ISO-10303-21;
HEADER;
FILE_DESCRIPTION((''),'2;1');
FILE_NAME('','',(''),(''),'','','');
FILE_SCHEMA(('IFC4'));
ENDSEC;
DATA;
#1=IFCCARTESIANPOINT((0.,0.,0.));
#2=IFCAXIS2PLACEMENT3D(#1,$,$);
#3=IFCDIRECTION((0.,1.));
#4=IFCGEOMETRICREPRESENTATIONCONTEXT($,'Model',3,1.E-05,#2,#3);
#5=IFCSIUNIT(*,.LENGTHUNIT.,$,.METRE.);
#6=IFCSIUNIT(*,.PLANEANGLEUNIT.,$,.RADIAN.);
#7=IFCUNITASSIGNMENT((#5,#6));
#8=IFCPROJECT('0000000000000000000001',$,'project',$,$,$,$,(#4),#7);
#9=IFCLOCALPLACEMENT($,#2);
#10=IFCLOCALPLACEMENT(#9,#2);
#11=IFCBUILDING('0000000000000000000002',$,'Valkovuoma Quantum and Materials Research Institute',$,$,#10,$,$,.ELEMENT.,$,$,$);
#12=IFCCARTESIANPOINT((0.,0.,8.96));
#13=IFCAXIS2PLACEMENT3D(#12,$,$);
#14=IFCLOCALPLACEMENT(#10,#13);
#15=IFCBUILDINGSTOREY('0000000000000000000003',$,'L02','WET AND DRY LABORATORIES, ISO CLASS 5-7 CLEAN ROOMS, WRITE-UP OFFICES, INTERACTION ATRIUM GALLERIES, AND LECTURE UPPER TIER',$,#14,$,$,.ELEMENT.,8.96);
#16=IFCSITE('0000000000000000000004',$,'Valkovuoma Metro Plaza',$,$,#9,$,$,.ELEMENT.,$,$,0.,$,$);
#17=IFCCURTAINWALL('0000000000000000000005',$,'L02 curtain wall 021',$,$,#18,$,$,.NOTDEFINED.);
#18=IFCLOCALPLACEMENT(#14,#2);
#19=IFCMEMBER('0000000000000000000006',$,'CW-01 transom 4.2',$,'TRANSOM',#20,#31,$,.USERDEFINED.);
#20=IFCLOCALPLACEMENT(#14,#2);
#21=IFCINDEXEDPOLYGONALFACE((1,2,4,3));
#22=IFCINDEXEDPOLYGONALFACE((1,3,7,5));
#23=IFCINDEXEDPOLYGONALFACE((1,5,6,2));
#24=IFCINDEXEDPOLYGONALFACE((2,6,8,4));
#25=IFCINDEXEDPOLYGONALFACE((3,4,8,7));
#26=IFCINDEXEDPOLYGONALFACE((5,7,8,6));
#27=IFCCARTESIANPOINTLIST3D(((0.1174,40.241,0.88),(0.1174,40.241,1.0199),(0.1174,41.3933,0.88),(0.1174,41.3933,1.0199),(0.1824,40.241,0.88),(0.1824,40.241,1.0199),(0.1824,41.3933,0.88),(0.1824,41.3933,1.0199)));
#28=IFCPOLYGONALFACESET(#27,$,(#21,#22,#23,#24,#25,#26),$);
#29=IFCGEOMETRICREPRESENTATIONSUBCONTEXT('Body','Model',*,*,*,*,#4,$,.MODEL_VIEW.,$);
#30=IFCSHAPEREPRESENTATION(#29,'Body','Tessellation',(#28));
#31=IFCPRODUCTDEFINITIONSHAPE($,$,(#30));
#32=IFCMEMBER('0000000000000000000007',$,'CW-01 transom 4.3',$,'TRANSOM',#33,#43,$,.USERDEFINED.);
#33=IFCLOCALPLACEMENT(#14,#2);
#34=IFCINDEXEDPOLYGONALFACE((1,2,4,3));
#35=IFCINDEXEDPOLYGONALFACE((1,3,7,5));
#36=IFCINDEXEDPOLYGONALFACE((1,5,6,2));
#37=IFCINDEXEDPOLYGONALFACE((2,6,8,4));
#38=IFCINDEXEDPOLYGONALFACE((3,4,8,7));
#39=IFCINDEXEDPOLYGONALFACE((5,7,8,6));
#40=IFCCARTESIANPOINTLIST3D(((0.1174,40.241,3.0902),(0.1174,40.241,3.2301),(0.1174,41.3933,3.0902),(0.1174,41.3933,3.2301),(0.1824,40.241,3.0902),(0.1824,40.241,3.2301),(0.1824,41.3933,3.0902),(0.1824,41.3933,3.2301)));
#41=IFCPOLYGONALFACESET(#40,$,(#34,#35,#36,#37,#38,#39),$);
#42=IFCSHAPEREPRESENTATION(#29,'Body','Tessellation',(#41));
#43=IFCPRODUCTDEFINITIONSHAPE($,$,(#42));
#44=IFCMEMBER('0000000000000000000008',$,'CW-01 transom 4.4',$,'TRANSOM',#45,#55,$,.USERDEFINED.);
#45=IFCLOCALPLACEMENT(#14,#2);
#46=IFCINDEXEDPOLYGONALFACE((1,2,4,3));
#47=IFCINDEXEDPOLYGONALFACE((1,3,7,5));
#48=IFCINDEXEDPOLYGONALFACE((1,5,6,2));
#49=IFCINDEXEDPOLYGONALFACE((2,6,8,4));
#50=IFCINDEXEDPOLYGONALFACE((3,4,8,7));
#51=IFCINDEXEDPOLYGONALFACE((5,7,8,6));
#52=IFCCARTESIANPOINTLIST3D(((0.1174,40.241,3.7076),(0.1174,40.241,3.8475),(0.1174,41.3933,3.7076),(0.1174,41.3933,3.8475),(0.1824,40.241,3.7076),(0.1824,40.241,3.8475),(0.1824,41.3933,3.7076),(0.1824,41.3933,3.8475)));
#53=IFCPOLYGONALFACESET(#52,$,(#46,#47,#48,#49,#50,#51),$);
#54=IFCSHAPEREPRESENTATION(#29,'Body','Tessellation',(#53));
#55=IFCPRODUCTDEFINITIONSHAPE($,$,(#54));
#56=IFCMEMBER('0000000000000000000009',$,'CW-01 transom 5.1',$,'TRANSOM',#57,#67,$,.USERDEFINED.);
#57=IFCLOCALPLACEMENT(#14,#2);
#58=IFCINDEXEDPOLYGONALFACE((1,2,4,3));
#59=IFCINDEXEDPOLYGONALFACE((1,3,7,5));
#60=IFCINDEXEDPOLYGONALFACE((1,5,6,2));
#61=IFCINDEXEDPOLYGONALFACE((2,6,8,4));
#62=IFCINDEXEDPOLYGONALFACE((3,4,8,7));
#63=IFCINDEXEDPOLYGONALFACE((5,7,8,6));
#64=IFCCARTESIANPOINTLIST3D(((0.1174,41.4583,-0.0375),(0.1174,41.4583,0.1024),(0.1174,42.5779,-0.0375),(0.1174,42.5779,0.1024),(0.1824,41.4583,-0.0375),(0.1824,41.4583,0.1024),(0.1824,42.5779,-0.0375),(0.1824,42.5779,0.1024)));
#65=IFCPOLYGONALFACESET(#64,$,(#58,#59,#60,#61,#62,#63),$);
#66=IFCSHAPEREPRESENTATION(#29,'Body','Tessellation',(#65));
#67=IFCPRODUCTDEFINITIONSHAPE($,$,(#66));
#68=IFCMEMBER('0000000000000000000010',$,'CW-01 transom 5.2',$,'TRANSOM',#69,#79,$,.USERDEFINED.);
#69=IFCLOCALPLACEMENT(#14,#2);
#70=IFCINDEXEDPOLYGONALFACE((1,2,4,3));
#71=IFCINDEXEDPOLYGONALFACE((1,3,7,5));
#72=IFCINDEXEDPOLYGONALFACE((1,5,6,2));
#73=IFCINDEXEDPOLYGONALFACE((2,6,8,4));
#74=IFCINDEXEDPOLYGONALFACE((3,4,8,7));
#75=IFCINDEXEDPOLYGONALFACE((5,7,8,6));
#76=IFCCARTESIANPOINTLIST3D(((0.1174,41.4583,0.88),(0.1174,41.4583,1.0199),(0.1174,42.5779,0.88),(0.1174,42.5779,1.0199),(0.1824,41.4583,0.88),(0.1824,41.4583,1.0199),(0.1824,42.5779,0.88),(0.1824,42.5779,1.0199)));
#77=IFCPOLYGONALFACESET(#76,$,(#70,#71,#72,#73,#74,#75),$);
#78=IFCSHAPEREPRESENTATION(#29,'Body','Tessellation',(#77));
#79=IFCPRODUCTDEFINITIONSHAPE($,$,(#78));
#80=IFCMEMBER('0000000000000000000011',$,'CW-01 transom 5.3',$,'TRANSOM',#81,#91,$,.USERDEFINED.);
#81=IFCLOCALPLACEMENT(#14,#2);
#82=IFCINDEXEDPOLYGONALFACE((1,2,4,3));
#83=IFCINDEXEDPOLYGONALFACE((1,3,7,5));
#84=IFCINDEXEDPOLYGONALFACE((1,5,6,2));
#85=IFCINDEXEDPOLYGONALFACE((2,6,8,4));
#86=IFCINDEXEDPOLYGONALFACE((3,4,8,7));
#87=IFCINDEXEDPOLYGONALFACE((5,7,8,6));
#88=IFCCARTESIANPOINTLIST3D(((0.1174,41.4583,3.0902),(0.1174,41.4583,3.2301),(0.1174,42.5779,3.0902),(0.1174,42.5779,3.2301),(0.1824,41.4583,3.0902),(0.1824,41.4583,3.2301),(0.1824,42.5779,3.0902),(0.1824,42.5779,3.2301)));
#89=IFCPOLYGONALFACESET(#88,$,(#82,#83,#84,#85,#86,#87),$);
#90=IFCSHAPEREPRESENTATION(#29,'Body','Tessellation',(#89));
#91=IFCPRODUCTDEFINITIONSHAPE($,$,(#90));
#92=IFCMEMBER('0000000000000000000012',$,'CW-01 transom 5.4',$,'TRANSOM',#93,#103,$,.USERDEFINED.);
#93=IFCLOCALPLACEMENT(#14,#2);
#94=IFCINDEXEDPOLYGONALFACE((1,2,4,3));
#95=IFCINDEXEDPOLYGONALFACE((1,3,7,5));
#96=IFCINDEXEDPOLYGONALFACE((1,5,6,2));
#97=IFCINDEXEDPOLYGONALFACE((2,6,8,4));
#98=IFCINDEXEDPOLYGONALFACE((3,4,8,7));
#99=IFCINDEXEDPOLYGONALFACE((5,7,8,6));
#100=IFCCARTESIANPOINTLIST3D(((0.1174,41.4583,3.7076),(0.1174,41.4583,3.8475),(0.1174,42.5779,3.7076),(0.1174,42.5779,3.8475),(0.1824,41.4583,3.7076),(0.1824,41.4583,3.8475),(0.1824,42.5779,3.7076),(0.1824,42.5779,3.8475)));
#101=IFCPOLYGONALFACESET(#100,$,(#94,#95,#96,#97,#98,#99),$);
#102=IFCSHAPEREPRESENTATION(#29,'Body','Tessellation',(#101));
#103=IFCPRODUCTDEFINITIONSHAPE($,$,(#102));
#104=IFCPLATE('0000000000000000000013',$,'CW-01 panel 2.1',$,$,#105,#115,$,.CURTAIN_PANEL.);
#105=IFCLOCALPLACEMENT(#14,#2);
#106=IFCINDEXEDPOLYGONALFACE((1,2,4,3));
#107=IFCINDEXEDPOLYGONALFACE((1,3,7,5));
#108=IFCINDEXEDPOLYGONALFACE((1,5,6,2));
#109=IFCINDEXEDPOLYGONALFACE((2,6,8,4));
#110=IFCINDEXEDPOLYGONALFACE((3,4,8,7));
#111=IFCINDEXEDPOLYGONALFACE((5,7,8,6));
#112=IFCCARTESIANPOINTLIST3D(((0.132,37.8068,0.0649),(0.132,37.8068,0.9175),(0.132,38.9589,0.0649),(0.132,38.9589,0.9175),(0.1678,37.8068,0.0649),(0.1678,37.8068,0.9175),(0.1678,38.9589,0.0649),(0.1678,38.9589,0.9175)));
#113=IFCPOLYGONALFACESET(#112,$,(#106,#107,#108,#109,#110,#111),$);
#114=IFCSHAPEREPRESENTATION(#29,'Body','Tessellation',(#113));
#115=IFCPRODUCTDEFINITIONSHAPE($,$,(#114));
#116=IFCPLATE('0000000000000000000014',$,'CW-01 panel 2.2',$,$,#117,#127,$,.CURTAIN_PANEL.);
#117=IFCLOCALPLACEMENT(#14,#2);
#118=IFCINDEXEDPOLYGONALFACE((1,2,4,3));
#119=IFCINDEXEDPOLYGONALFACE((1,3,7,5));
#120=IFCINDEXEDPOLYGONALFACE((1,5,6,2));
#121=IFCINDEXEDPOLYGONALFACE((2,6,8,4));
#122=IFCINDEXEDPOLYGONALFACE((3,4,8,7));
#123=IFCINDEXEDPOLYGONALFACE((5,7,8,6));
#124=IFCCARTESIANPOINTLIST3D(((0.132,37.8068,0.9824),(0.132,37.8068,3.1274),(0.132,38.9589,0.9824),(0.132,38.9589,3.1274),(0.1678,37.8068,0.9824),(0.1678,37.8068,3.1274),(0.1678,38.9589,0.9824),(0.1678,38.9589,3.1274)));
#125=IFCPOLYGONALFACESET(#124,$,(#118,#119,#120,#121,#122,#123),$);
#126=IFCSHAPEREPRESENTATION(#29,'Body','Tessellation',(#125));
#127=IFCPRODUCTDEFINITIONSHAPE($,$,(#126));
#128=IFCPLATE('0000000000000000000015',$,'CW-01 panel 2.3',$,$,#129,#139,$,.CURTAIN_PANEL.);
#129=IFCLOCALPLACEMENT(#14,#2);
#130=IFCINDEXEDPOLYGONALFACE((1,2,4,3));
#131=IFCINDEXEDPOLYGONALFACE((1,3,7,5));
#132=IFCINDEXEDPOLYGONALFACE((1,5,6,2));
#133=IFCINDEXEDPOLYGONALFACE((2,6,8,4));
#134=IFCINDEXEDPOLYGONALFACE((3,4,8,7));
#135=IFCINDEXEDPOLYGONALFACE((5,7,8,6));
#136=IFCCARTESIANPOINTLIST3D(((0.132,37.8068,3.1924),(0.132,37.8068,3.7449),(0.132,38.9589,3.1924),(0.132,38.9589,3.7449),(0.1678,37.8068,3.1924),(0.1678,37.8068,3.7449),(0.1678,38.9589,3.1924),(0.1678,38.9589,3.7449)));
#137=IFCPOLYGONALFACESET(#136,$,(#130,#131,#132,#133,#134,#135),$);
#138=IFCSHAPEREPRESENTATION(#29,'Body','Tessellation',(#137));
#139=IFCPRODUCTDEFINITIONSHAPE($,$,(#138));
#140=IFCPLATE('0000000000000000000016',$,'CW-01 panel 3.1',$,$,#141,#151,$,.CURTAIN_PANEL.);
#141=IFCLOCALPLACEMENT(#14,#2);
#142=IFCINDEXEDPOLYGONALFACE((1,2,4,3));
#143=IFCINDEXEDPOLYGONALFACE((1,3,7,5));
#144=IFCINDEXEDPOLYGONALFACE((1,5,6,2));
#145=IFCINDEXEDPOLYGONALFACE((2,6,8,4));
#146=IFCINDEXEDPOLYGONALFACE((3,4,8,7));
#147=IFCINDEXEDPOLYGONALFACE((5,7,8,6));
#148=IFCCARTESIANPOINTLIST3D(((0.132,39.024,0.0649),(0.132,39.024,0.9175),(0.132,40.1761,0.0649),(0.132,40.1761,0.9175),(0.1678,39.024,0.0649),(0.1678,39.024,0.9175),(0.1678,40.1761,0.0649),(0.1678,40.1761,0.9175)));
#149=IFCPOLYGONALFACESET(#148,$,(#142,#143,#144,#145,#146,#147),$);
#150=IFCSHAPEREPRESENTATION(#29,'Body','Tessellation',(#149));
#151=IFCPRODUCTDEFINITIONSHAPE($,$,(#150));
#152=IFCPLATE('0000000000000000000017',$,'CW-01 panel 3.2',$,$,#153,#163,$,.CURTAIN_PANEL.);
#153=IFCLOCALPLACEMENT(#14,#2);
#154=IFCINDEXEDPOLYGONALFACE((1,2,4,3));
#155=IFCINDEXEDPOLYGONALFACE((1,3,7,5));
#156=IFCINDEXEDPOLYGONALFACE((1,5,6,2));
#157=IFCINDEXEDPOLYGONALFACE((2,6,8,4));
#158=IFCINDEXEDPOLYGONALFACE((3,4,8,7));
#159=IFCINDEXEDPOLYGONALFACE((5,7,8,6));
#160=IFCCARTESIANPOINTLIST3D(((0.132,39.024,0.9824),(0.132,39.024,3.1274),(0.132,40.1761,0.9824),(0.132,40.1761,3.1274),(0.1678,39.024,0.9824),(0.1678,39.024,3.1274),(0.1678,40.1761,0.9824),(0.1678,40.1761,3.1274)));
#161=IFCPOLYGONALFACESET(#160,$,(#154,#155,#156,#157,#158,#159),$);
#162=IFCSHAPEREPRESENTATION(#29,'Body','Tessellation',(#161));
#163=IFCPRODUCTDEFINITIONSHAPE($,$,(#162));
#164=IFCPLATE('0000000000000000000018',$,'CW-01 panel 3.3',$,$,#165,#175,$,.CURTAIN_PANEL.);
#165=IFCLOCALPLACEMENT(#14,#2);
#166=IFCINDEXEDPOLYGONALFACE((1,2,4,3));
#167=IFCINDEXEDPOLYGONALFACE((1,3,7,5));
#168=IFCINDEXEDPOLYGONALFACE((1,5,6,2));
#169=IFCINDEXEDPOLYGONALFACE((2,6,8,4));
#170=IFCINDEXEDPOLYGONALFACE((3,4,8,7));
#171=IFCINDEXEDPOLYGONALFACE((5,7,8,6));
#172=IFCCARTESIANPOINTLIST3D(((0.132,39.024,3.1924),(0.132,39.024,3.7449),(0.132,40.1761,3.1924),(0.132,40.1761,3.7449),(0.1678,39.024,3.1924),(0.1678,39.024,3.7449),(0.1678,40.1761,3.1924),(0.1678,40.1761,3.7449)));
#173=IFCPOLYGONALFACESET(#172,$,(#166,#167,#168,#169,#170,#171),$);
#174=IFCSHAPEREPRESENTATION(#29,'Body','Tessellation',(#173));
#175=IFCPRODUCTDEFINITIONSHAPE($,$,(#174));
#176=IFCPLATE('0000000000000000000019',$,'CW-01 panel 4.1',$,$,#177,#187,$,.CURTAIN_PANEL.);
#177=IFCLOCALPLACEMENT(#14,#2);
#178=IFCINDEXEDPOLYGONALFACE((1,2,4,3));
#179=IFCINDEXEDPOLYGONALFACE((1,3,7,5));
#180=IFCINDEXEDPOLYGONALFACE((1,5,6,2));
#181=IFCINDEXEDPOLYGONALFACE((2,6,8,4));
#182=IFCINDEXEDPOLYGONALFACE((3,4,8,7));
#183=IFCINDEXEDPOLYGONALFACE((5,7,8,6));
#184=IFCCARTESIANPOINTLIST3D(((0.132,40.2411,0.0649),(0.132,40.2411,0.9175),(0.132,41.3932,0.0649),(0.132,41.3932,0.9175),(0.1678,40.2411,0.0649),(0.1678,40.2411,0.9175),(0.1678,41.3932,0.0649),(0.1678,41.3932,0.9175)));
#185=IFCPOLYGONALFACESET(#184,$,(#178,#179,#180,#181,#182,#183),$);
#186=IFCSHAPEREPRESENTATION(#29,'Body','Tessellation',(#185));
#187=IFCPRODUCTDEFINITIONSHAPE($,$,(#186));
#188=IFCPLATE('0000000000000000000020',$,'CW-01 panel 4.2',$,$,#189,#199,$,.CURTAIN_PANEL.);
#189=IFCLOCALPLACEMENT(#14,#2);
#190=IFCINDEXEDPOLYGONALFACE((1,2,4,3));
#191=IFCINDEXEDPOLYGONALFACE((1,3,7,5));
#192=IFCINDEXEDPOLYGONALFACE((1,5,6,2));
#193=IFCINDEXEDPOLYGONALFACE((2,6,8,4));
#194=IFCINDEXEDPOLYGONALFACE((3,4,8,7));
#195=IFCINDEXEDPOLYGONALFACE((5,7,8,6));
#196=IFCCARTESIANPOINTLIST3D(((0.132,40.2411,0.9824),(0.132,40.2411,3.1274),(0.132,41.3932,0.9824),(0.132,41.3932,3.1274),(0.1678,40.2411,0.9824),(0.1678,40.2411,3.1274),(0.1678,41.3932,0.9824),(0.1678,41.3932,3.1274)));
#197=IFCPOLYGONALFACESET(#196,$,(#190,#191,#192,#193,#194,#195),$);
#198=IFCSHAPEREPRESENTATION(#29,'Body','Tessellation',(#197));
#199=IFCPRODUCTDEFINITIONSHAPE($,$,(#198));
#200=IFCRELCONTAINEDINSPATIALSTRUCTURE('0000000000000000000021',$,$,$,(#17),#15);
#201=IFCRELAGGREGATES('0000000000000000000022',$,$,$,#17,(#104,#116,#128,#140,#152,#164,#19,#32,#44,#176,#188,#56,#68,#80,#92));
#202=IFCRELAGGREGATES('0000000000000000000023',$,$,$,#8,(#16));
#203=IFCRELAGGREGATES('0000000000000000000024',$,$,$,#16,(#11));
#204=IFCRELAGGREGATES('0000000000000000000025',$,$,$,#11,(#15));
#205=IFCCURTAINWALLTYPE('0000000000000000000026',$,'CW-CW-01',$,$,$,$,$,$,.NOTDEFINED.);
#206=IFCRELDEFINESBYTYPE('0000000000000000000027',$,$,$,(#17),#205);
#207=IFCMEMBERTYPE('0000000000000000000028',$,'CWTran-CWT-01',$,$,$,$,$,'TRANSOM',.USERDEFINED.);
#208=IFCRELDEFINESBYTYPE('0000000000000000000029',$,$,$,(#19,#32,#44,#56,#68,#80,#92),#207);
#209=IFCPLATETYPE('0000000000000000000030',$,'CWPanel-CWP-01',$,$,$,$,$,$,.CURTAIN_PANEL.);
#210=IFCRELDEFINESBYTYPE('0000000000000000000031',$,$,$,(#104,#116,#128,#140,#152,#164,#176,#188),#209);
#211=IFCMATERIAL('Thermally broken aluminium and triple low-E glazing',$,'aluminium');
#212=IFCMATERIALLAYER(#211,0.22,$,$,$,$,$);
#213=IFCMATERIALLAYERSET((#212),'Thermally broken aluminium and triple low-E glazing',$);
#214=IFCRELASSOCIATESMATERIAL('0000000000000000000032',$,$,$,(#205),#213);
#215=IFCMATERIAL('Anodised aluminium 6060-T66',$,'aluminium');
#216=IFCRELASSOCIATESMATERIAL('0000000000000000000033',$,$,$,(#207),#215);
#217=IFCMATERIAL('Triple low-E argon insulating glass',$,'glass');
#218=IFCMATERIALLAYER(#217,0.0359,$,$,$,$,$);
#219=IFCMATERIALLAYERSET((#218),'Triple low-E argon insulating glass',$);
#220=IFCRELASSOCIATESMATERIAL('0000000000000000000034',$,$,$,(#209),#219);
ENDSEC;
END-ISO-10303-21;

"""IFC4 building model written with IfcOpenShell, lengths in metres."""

from ifc_helpers import new_model, si_unit, direction, frame, origin, origin_2d, place, context, subcontext, project, spatial, rectangle, extrude, material, layer, layer_set, material_profile, profile_set, type_object, element, aggregate, save


model = new_model("IFC4")

# Units and contexts
model_context = context("Model", 3, precision=1e-05, world=origin(), true_north=direction((0.0, 1.0)))
body_context = subcontext(model_context, "Body", "Model", "MODEL_VIEW")
ifc_project = project(units=[si_unit("LENGTHUNIT", "METRE"), si_unit("PLANEANGLEUNIT", "RADIAN")], contexts=[model_context])

# Site, building, storey
site_placement = place(None, origin())
site = spatial("IfcSite", under=ifc_project, at=site_placement, Name="Valkovuoma Metro Plaza", CompositionType="ELEMENT", RefElevation=0.0)
building_placement = place(site_placement, origin())
building = spatial("IfcBuilding", under=site, at=building_placement, Name="Valkovuoma Quantum and Materials Research Institute", CompositionType="ELEMENT")
storey_placement = place(building_placement, frame((0.0, 0.0, 8.96)))
storey = spatial("IfcBuildingStorey", under=building, at=storey_placement, Name="L02", Description="WET AND DRY LABORATORIES, ISO CLASS 5-7 CLEAN ROOMS, WRITE-UP OFFICES, INTERACTION ATRIUM GALLERIES, AND LECTURE UPPER TIER", CompositionType="ELEMENT", Elevation=8.96)

# Curtain wall, members, plates
ifc_material_1 = material(Name="Thermally broken aluminium and triple low-E glazing", Category="aluminium")
ifc_layer_1 = layer(ifc_material_1, 0.22)
ifc_layer_set_1 = layer_set([ifc_layer_1], Name="Thermally broken aluminium and triple low-E glazing")
curtain_wall_type = type_object("IfcCurtainWallType", Name="CW-CW-01", PredefinedType="NOTDEFINED", material=ifc_layer_set_1)
curtain_wall_placement = place(storey_placement, origin())
curtain_wall = element("IfcCurtainWall", 1, at=curtain_wall_placement, inside=storey, type_object=curtain_wall_type, Name="L02 curtain wall 021", PredefinedType="NOTDEFINED")
ifc_material_2 = material(Name="Anodised aluminium 6060-T66", Category="aluminium")
ifc_material_profile_1 = material_profile(ifc_material_2, rectangle(XDim=0.0649, YDim=0.1399, at=origin_2d()), Name="Anodised aluminium 6060-T66")
ifc_profile_set_1 = profile_set([ifc_material_profile_1], Name="Anodised aluminium 6060-T66")
member_type_1 = type_object("IfcMemberType", Name="CWTran-CWT-01", ElementType="TRANSOM", PredefinedType="USERDEFINED", material=ifc_profile_set_1)
member_1_placement = place(storey_placement, frame((0.1499, 40.241, 0.95), z_axis=(0.0, 1.0, 0.0), x_axis=(-1.0, 0.0, 0.0)))
member_1 = element("IfcMember", 2, at=member_1_placement, type_object=member_type_1, Name="CW-01 transom 4.2", ObjectType="TRANSOM", PredefinedType="USERDEFINED", context=body_context, shape_type="SweptSolid", body=[
    extrude(rectangle(XDim=0.0649, YDim=0.1399, at=origin_2d()), origin(), (0.0, 0.0, 1.0), 1.1523),
])
member_2_placement = place(storey_placement, frame((0.1499, 40.241, 3.1602), z_axis=(0.0, 1.0, 0.0), x_axis=(-1.0, 0.0, 0.0)))
member_2 = element("IfcMember", 3, at=member_2_placement, type_object=member_type_1, Name="CW-01 transom 4.3", ObjectType="TRANSOM", PredefinedType="USERDEFINED", context=body_context, shape_type="SweptSolid", body=[
    extrude(rectangle(XDim=0.0649, YDim=0.1399, at=origin_2d()), origin(), (0.0, 0.0, 1.0), 1.1523),
])
member_3_placement = place(storey_placement, frame((0.1499, 40.241, 3.7776), z_axis=(0.0, 1.0, 0.0), x_axis=(-1.0, 0.0, 0.0)))
member_3 = element("IfcMember", 4, at=member_3_placement, type_object=member_type_1, Name="CW-01 transom 4.4", ObjectType="TRANSOM", PredefinedType="USERDEFINED", context=body_context, shape_type="SweptSolid", body=[
    extrude(rectangle(XDim=0.0649, YDim=0.1399, at=origin_2d()), origin(), (0.0, 0.0, 1.0), 1.1523),
])
member_4_placement = place(storey_placement, frame((0.1499, 41.4583, 0.0325), z_axis=(0.0, 1.0, 0.0), x_axis=(-1.0, 0.0, 0.0)))
member_4 = element("IfcMember", 5, at=member_4_placement, type_object=member_type_1, Name="CW-01 transom 5.1", ObjectType="TRANSOM", PredefinedType="USERDEFINED", context=body_context, shape_type="SweptSolid", body=[
    extrude(rectangle(XDim=0.0649, YDim=0.1399, at=origin_2d()), origin(), (0.0, 0.0, 1.0), 1.1196),
])
member_5_placement = place(storey_placement, frame((0.1499, 41.4583, 0.95), z_axis=(0.0, 1.0, 0.0), x_axis=(-1.0, 0.0, 0.0)))
member_5 = element("IfcMember", 6, at=member_5_placement, type_object=member_type_1, Name="CW-01 transom 5.2", ObjectType="TRANSOM", PredefinedType="USERDEFINED", context=body_context, shape_type="SweptSolid", body=[
    extrude(rectangle(XDim=0.0649, YDim=0.1399, at=origin_2d()), origin(), (0.0, 0.0, 1.0), 1.1196),
])
member_6_placement = place(storey_placement, frame((0.1499, 41.4583, 3.1602), z_axis=(0.0, 1.0, 0.0), x_axis=(-1.0, 0.0, 0.0)))
member_6 = element("IfcMember", 7, at=member_6_placement, type_object=member_type_1, Name="CW-01 transom 5.3", ObjectType="TRANSOM", PredefinedType="USERDEFINED", context=body_context, shape_type="SweptSolid", body=[
    extrude(rectangle(XDim=0.0649, YDim=0.1399, at=origin_2d()), origin(), (0.0, 0.0, 1.0), 1.1196),
])
member_7_placement = place(storey_placement, frame((0.1499, 41.4583, 3.7776), z_axis=(0.0, 1.0, 0.0), x_axis=(-1.0, 0.0, 0.0)))
member_7 = element("IfcMember", 8, at=member_7_placement, type_object=member_type_1, Name="CW-01 transom 5.4", ObjectType="TRANSOM", PredefinedType="USERDEFINED", context=body_context, shape_type="SweptSolid", body=[
    extrude(rectangle(XDim=0.0649, YDim=0.1399, at=origin_2d()), origin(), (0.0, 0.0, 1.0), 1.1196),
])
ifc_material_3 = material(Name="Triple low-E argon insulating glass", Category="glass")
ifc_layer_2 = layer(ifc_material_3, 0.0359)
ifc_layer_set_2 = layer_set([ifc_layer_2], Name="Triple low-E argon insulating glass")
plate_type = type_object("IfcPlateType", Name="CWPanel-CWP-01", PredefinedType="CURTAIN_PANEL", material=ifc_layer_set_2)
plate_1_placement = place(storey_placement, frame((0.1499, 38.3828, 0.0649), z_axis=(0.0, 0.0, 1.0), x_axis=(0.0, 1.0, 0.0)))
plate_1 = element("IfcPlate", 9, at=plate_1_placement, type_object=plate_type, Name="CW-01 panel 2.1", PredefinedType="CURTAIN_PANEL", context=body_context, shape_type="SweptSolid", body=[
    extrude(rectangle(XDim=1.1521, YDim=0.0359, at=origin_2d()), origin(), (0.0, 0.0, 1.0), 0.8525),
])
plate_2_placement = place(storey_placement, frame((0.1499, 38.3828, 0.9824), z_axis=(0.0, 0.0, 1.0), x_axis=(0.0, 1.0, 0.0)))
plate_2 = element("IfcPlate", 10, at=plate_2_placement, type_object=plate_type, Name="CW-01 panel 2.2", PredefinedType="CURTAIN_PANEL", context=body_context, shape_type="SweptSolid", body=[
    extrude(rectangle(XDim=1.1521, YDim=0.0359, at=origin_2d()), origin(), (0.0, 0.0, 1.0), 2.145),
])
plate_3_placement = place(storey_placement, frame((0.1499, 38.3828, 3.1924), z_axis=(0.0, 0.0, 1.0), x_axis=(0.0, 1.0, 0.0)))
plate_3 = element("IfcPlate", 11, at=plate_3_placement, type_object=plate_type, Name="CW-01 panel 2.3", PredefinedType="CURTAIN_PANEL", context=body_context, shape_type="SweptSolid", body=[
    extrude(rectangle(XDim=1.1521, YDim=0.0359, at=origin_2d()), origin(), (0.0, 0.0, 1.0), 0.5525),
])
plate_4_placement = place(storey_placement, frame((0.1499, 39.6001, 0.0649), z_axis=(0.0, 0.0, 1.0), x_axis=(0.0, 1.0, 0.0)))
plate_4 = element("IfcPlate", 12, at=plate_4_placement, type_object=plate_type, Name="CW-01 panel 3.1", PredefinedType="CURTAIN_PANEL", context=body_context, shape_type="SweptSolid", body=[
    extrude(rectangle(XDim=1.1521, YDim=0.0359, at=origin_2d()), origin(), (0.0, 0.0, 1.0), 0.8525),
])
plate_5_placement = place(storey_placement, frame((0.1499, 39.6001, 0.9824), z_axis=(0.0, 0.0, 1.0), x_axis=(0.0, 1.0, 0.0)))
plate_5 = element("IfcPlate", 13, at=plate_5_placement, type_object=plate_type, Name="CW-01 panel 3.2", PredefinedType="CURTAIN_PANEL", context=body_context, shape_type="SweptSolid", body=[
    extrude(rectangle(XDim=1.1521, YDim=0.0359, at=origin_2d()), origin(), (0.0, 0.0, 1.0), 2.145),
])
plate_6_placement = place(storey_placement, frame((0.1499, 39.6001, 3.1924), z_axis=(0.0, 0.0, 1.0), x_axis=(0.0, 1.0, 0.0)))
plate_6 = element("IfcPlate", 14, at=plate_6_placement, type_object=plate_type, Name="CW-01 panel 3.3", PredefinedType="CURTAIN_PANEL", context=body_context, shape_type="SweptSolid", body=[
    extrude(rectangle(XDim=1.1521, YDim=0.0359, at=origin_2d()), origin(), (0.0, 0.0, 1.0), 0.5525),
])
plate_7_placement = place(storey_placement, frame((0.1499, 40.8171, 0.0649), z_axis=(0.0, 0.0, 1.0), x_axis=(0.0, 1.0, 0.0)))
plate_7 = element("IfcPlate", 15, at=plate_7_placement, type_object=plate_type, Name="CW-01 panel 4.1", PredefinedType="CURTAIN_PANEL", context=body_context, shape_type="SweptSolid", body=[
    extrude(rectangle(XDim=1.1521, YDim=0.0359, at=origin_2d()), origin(), (0.0, 0.0, 1.0), 0.8525),
])
plate_8_placement = place(storey_placement, frame((0.1499, 40.8171, 0.9824), z_axis=(0.0, 0.0, 1.0), x_axis=(0.0, 1.0, 0.0)))
plate_8 = element("IfcPlate", 16, at=plate_8_placement, type_object=plate_type, Name="CW-01 panel 4.2", PredefinedType="CURTAIN_PANEL", context=body_context, shape_type="SweptSolid", body=[
    extrude(rectangle(XDim=1.1521, YDim=0.0359, at=origin_2d()), origin(), (0.0, 0.0, 1.0), 2.145),
])
aggregate(curtain_wall, [plate_1, plate_2, plate_3, plate_4, plate_5, plate_6, member_1, member_2, member_3, plate_7, plate_8, member_4, member_5, member_6, member_7])

save(model, "model.ifc")
